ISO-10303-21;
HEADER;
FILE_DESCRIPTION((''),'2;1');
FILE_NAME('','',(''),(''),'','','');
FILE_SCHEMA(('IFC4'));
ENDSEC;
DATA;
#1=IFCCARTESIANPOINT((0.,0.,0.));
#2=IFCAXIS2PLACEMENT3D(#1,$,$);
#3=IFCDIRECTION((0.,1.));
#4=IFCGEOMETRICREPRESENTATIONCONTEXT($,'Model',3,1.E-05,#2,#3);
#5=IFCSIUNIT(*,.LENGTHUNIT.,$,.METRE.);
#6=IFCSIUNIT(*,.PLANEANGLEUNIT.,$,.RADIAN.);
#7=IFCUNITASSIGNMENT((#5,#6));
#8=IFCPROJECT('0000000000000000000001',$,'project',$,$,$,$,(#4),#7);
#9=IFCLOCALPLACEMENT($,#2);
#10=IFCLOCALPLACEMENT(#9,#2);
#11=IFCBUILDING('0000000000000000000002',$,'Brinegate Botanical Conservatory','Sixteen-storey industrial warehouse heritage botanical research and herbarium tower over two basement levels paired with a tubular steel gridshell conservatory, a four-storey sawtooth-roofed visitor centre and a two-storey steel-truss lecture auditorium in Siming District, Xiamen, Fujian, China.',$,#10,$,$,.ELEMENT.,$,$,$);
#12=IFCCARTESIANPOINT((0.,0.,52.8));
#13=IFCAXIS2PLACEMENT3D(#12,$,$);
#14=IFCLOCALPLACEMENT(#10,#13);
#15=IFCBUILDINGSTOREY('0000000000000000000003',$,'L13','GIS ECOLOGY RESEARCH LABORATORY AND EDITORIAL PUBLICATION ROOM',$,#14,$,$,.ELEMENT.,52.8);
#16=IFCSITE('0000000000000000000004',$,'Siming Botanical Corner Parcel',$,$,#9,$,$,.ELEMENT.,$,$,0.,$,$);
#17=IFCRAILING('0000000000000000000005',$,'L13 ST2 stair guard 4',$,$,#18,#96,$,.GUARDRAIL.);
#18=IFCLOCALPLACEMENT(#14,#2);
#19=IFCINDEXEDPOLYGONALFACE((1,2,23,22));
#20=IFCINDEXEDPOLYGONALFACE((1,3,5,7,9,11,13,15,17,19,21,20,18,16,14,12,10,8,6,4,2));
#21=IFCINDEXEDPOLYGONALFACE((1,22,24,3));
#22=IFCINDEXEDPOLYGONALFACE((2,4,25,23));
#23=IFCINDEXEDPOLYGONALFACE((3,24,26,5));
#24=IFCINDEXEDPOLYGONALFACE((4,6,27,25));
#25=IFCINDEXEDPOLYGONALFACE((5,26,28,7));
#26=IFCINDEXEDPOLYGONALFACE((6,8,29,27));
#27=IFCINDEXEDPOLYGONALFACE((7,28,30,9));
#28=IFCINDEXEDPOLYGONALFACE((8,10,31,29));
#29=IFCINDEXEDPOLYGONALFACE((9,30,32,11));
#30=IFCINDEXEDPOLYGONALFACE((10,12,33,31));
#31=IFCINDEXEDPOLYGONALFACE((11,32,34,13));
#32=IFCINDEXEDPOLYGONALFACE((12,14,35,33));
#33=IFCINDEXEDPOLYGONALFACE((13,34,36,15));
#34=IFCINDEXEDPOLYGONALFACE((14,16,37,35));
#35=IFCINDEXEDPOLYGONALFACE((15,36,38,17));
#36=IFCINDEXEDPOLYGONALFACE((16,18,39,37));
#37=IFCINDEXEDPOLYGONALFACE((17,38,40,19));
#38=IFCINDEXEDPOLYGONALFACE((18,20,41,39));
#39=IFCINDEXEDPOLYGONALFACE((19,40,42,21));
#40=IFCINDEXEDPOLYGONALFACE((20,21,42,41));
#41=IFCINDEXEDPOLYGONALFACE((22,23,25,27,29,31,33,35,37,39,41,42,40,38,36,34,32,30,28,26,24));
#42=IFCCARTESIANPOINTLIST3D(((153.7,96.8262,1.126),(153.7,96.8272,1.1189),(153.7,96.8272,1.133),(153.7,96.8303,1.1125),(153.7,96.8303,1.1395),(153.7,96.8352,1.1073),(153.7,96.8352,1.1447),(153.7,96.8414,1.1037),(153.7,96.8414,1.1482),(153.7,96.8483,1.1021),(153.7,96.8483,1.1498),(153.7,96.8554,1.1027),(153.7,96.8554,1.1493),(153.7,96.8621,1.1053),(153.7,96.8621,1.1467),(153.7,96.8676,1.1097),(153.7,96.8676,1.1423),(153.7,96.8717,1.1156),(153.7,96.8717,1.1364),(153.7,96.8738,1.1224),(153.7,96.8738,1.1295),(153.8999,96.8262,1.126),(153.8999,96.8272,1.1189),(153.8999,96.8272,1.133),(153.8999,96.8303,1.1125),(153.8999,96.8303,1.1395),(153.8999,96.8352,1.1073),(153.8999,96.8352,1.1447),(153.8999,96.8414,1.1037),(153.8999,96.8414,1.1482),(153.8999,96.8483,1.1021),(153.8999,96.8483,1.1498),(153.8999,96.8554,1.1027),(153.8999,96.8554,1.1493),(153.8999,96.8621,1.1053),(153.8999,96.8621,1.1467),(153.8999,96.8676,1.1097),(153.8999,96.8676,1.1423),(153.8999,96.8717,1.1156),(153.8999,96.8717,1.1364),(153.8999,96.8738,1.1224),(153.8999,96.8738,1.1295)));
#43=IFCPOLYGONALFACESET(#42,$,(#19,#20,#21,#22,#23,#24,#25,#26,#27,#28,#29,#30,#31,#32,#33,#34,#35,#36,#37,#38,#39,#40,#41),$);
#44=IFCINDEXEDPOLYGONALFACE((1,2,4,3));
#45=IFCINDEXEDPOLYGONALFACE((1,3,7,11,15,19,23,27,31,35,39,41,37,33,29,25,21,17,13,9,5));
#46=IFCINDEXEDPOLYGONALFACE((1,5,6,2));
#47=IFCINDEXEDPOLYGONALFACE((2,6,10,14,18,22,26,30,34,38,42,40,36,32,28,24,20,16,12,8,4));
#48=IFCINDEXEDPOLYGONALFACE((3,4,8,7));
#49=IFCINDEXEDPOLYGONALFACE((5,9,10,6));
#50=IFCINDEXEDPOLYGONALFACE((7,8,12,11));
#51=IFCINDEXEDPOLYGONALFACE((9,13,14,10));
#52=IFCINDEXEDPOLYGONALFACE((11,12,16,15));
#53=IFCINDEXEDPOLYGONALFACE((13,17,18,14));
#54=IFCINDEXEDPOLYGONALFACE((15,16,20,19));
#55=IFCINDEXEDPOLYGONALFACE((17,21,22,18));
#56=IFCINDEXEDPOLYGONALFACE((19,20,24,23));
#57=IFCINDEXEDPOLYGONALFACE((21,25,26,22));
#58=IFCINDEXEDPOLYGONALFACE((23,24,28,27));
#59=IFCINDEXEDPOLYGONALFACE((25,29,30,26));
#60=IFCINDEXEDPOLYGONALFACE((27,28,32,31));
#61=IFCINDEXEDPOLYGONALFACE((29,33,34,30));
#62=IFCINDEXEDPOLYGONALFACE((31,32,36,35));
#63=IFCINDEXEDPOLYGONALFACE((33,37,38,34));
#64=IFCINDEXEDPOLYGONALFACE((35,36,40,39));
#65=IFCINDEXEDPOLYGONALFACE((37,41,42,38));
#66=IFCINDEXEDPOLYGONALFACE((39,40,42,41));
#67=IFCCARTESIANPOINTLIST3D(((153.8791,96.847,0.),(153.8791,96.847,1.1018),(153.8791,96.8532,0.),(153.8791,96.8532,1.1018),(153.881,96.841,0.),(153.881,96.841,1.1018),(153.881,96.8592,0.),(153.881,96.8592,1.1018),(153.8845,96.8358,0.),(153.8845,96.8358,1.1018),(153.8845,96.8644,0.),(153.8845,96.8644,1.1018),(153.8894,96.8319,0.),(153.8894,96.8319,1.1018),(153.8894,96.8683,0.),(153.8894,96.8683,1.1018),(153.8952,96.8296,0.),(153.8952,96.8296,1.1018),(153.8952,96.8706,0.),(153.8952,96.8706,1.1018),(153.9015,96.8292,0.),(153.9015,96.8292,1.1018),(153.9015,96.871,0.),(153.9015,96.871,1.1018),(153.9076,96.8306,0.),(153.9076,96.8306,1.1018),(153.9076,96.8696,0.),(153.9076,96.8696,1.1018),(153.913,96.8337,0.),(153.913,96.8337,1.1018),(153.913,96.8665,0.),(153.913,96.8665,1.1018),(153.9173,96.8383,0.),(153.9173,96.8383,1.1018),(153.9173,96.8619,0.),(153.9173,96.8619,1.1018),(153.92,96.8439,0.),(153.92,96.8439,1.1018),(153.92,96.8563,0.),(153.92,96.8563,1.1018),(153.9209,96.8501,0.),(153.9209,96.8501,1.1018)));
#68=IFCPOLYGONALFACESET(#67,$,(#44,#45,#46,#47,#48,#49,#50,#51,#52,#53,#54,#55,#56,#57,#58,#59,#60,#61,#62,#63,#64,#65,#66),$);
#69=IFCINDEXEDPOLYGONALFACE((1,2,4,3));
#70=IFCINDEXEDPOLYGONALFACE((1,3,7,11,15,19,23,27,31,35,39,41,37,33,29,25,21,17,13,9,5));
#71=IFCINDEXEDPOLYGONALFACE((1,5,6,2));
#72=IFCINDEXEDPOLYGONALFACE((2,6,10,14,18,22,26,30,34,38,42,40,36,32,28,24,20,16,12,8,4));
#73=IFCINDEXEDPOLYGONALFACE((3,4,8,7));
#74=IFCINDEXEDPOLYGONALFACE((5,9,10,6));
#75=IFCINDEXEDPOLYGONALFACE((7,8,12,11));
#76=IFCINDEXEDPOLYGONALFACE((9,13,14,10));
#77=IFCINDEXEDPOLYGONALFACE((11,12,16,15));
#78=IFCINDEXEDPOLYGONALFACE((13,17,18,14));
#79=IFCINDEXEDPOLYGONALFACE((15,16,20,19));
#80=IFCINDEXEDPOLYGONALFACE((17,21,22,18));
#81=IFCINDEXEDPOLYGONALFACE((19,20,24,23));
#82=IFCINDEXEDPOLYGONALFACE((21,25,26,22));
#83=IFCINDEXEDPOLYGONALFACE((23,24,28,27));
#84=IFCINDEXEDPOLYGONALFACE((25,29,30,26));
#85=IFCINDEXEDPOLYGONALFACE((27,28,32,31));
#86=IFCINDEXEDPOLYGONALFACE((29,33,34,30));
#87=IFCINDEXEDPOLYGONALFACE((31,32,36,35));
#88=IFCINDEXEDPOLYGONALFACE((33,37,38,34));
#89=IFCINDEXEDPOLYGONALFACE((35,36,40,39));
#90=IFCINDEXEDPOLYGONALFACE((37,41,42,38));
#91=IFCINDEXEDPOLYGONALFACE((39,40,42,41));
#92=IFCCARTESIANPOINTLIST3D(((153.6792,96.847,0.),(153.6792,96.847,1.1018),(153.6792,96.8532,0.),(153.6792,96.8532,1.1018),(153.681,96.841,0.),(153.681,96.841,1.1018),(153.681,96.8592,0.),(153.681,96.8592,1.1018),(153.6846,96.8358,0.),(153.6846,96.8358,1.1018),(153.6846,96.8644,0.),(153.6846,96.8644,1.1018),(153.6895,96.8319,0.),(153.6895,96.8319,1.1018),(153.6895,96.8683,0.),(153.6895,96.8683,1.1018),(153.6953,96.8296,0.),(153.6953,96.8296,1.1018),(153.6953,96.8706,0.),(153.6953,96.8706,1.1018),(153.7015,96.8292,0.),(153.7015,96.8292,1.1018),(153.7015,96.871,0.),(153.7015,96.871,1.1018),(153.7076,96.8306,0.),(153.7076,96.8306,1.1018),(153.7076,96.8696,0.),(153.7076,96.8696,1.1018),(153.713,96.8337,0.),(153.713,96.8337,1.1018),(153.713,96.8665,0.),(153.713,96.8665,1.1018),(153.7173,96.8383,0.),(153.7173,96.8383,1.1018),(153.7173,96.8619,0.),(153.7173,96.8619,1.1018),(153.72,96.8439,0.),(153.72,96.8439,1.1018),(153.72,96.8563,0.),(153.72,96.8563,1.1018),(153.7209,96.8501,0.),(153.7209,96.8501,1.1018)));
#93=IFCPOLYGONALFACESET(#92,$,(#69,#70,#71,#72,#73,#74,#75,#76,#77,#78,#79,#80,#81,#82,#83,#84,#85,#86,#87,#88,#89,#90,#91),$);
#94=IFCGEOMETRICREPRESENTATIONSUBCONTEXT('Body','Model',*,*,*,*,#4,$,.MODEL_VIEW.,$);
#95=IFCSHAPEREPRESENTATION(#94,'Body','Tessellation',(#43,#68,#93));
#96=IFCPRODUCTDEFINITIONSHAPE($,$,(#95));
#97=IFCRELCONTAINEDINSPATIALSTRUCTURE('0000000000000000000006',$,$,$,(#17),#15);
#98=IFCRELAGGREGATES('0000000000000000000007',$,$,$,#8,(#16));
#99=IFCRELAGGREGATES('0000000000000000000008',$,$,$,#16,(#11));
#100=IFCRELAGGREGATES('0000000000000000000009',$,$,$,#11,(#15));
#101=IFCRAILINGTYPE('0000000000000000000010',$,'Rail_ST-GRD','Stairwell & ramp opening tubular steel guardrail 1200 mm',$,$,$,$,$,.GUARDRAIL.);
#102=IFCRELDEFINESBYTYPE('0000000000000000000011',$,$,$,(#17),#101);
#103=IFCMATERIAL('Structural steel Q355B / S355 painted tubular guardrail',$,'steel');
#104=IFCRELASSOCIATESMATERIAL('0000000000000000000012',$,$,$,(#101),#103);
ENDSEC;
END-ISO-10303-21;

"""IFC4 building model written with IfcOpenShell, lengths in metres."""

from ifc_helpers import new_model, si_unit, direction, frame, origin, origin_2d, place, context, subcontext, project, spatial, circle, extrude, material, type_object, element, save


model = new_model("IFC4")

# Units and contexts
model_context = context("Model", 3, precision=1e-05, world=origin(), true_north=direction((0.0, 1.0)))
body_context = subcontext(model_context, "Body", "Model", "MODEL_VIEW")
ifc_project = project(units=[si_unit("LENGTHUNIT", "METRE"), si_unit("PLANEANGLEUNIT", "RADIAN")], contexts=[model_context])

# Site, building, storey
site_placement = place(None, origin())
site = spatial("IfcSite", under=ifc_project, at=site_placement, Name="Siming Botanical Corner Parcel", CompositionType="ELEMENT", RefElevation=0.0)
building_placement = place(site_placement, origin())
building = spatial("IfcBuilding", under=site, at=building_placement, Name="Brinegate Botanical Conservatory", Description="Sixteen-storey industrial warehouse heritage botanical research and herbarium tower over two basement levels paired with a tubular steel gridshell conservatory, a four-storey sawtooth-roofed visitor centre and a two-storey steel-truss lecture auditorium in Siming District, Xiamen, Fujian, China.", CompositionType="ELEMENT")
storey_placement = place(building_placement, frame((0.0, 0.0, 52.8)))
storey = spatial("IfcBuildingStorey", under=building, at=storey_placement, Name="L13", Description="GIS ECOLOGY RESEARCH LABORATORY AND EDITORIAL PUBLICATION ROOM", CompositionType="ELEMENT", Elevation=52.8)

# Railing
ifc_material_1 = material(Name="Structural steel Q355B / S355 painted tubular guardrail", Category="steel")
railing_type_1 = type_object("IfcRailingType", Name="Rail_ST-GRD", Description="Stairwell & ramp opening tubular steel guardrail 1200 mm", PredefinedType="GUARDRAIL", material=ifc_material_1)
railing_1_placement = place(storey_placement, frame((153.8999, 96.8501, 0.0)))
element("IfcRailing", 1, at=railing_1_placement, inside=storey, type_object=railing_type_1, Name="L13 ST2 stair guard 4", PredefinedType="GUARDRAIL", context=body_context, shape_type="SweptSolid", body=[
    extrude(circle(Radius=0.0239, at=origin_2d()), frame((0.0, 0.0, 1.126), z_axis=(-1.0, 0.0, 0.0), x_axis=(0.0, -1.0, 0.0)), (0.0, 0.0, 1.0), 0.2),
    extrude(circle(Radius=0.021, at=origin_2d()), origin(), (0.0, 0.0, 1.0), 1.1018),
    extrude(circle(Radius=0.021, at=origin_2d()), frame((-0.2, 0.0, 0.0)), (0.0, 0.0, 1.0), 1.1018),
])

save(model, "model.ifc")
